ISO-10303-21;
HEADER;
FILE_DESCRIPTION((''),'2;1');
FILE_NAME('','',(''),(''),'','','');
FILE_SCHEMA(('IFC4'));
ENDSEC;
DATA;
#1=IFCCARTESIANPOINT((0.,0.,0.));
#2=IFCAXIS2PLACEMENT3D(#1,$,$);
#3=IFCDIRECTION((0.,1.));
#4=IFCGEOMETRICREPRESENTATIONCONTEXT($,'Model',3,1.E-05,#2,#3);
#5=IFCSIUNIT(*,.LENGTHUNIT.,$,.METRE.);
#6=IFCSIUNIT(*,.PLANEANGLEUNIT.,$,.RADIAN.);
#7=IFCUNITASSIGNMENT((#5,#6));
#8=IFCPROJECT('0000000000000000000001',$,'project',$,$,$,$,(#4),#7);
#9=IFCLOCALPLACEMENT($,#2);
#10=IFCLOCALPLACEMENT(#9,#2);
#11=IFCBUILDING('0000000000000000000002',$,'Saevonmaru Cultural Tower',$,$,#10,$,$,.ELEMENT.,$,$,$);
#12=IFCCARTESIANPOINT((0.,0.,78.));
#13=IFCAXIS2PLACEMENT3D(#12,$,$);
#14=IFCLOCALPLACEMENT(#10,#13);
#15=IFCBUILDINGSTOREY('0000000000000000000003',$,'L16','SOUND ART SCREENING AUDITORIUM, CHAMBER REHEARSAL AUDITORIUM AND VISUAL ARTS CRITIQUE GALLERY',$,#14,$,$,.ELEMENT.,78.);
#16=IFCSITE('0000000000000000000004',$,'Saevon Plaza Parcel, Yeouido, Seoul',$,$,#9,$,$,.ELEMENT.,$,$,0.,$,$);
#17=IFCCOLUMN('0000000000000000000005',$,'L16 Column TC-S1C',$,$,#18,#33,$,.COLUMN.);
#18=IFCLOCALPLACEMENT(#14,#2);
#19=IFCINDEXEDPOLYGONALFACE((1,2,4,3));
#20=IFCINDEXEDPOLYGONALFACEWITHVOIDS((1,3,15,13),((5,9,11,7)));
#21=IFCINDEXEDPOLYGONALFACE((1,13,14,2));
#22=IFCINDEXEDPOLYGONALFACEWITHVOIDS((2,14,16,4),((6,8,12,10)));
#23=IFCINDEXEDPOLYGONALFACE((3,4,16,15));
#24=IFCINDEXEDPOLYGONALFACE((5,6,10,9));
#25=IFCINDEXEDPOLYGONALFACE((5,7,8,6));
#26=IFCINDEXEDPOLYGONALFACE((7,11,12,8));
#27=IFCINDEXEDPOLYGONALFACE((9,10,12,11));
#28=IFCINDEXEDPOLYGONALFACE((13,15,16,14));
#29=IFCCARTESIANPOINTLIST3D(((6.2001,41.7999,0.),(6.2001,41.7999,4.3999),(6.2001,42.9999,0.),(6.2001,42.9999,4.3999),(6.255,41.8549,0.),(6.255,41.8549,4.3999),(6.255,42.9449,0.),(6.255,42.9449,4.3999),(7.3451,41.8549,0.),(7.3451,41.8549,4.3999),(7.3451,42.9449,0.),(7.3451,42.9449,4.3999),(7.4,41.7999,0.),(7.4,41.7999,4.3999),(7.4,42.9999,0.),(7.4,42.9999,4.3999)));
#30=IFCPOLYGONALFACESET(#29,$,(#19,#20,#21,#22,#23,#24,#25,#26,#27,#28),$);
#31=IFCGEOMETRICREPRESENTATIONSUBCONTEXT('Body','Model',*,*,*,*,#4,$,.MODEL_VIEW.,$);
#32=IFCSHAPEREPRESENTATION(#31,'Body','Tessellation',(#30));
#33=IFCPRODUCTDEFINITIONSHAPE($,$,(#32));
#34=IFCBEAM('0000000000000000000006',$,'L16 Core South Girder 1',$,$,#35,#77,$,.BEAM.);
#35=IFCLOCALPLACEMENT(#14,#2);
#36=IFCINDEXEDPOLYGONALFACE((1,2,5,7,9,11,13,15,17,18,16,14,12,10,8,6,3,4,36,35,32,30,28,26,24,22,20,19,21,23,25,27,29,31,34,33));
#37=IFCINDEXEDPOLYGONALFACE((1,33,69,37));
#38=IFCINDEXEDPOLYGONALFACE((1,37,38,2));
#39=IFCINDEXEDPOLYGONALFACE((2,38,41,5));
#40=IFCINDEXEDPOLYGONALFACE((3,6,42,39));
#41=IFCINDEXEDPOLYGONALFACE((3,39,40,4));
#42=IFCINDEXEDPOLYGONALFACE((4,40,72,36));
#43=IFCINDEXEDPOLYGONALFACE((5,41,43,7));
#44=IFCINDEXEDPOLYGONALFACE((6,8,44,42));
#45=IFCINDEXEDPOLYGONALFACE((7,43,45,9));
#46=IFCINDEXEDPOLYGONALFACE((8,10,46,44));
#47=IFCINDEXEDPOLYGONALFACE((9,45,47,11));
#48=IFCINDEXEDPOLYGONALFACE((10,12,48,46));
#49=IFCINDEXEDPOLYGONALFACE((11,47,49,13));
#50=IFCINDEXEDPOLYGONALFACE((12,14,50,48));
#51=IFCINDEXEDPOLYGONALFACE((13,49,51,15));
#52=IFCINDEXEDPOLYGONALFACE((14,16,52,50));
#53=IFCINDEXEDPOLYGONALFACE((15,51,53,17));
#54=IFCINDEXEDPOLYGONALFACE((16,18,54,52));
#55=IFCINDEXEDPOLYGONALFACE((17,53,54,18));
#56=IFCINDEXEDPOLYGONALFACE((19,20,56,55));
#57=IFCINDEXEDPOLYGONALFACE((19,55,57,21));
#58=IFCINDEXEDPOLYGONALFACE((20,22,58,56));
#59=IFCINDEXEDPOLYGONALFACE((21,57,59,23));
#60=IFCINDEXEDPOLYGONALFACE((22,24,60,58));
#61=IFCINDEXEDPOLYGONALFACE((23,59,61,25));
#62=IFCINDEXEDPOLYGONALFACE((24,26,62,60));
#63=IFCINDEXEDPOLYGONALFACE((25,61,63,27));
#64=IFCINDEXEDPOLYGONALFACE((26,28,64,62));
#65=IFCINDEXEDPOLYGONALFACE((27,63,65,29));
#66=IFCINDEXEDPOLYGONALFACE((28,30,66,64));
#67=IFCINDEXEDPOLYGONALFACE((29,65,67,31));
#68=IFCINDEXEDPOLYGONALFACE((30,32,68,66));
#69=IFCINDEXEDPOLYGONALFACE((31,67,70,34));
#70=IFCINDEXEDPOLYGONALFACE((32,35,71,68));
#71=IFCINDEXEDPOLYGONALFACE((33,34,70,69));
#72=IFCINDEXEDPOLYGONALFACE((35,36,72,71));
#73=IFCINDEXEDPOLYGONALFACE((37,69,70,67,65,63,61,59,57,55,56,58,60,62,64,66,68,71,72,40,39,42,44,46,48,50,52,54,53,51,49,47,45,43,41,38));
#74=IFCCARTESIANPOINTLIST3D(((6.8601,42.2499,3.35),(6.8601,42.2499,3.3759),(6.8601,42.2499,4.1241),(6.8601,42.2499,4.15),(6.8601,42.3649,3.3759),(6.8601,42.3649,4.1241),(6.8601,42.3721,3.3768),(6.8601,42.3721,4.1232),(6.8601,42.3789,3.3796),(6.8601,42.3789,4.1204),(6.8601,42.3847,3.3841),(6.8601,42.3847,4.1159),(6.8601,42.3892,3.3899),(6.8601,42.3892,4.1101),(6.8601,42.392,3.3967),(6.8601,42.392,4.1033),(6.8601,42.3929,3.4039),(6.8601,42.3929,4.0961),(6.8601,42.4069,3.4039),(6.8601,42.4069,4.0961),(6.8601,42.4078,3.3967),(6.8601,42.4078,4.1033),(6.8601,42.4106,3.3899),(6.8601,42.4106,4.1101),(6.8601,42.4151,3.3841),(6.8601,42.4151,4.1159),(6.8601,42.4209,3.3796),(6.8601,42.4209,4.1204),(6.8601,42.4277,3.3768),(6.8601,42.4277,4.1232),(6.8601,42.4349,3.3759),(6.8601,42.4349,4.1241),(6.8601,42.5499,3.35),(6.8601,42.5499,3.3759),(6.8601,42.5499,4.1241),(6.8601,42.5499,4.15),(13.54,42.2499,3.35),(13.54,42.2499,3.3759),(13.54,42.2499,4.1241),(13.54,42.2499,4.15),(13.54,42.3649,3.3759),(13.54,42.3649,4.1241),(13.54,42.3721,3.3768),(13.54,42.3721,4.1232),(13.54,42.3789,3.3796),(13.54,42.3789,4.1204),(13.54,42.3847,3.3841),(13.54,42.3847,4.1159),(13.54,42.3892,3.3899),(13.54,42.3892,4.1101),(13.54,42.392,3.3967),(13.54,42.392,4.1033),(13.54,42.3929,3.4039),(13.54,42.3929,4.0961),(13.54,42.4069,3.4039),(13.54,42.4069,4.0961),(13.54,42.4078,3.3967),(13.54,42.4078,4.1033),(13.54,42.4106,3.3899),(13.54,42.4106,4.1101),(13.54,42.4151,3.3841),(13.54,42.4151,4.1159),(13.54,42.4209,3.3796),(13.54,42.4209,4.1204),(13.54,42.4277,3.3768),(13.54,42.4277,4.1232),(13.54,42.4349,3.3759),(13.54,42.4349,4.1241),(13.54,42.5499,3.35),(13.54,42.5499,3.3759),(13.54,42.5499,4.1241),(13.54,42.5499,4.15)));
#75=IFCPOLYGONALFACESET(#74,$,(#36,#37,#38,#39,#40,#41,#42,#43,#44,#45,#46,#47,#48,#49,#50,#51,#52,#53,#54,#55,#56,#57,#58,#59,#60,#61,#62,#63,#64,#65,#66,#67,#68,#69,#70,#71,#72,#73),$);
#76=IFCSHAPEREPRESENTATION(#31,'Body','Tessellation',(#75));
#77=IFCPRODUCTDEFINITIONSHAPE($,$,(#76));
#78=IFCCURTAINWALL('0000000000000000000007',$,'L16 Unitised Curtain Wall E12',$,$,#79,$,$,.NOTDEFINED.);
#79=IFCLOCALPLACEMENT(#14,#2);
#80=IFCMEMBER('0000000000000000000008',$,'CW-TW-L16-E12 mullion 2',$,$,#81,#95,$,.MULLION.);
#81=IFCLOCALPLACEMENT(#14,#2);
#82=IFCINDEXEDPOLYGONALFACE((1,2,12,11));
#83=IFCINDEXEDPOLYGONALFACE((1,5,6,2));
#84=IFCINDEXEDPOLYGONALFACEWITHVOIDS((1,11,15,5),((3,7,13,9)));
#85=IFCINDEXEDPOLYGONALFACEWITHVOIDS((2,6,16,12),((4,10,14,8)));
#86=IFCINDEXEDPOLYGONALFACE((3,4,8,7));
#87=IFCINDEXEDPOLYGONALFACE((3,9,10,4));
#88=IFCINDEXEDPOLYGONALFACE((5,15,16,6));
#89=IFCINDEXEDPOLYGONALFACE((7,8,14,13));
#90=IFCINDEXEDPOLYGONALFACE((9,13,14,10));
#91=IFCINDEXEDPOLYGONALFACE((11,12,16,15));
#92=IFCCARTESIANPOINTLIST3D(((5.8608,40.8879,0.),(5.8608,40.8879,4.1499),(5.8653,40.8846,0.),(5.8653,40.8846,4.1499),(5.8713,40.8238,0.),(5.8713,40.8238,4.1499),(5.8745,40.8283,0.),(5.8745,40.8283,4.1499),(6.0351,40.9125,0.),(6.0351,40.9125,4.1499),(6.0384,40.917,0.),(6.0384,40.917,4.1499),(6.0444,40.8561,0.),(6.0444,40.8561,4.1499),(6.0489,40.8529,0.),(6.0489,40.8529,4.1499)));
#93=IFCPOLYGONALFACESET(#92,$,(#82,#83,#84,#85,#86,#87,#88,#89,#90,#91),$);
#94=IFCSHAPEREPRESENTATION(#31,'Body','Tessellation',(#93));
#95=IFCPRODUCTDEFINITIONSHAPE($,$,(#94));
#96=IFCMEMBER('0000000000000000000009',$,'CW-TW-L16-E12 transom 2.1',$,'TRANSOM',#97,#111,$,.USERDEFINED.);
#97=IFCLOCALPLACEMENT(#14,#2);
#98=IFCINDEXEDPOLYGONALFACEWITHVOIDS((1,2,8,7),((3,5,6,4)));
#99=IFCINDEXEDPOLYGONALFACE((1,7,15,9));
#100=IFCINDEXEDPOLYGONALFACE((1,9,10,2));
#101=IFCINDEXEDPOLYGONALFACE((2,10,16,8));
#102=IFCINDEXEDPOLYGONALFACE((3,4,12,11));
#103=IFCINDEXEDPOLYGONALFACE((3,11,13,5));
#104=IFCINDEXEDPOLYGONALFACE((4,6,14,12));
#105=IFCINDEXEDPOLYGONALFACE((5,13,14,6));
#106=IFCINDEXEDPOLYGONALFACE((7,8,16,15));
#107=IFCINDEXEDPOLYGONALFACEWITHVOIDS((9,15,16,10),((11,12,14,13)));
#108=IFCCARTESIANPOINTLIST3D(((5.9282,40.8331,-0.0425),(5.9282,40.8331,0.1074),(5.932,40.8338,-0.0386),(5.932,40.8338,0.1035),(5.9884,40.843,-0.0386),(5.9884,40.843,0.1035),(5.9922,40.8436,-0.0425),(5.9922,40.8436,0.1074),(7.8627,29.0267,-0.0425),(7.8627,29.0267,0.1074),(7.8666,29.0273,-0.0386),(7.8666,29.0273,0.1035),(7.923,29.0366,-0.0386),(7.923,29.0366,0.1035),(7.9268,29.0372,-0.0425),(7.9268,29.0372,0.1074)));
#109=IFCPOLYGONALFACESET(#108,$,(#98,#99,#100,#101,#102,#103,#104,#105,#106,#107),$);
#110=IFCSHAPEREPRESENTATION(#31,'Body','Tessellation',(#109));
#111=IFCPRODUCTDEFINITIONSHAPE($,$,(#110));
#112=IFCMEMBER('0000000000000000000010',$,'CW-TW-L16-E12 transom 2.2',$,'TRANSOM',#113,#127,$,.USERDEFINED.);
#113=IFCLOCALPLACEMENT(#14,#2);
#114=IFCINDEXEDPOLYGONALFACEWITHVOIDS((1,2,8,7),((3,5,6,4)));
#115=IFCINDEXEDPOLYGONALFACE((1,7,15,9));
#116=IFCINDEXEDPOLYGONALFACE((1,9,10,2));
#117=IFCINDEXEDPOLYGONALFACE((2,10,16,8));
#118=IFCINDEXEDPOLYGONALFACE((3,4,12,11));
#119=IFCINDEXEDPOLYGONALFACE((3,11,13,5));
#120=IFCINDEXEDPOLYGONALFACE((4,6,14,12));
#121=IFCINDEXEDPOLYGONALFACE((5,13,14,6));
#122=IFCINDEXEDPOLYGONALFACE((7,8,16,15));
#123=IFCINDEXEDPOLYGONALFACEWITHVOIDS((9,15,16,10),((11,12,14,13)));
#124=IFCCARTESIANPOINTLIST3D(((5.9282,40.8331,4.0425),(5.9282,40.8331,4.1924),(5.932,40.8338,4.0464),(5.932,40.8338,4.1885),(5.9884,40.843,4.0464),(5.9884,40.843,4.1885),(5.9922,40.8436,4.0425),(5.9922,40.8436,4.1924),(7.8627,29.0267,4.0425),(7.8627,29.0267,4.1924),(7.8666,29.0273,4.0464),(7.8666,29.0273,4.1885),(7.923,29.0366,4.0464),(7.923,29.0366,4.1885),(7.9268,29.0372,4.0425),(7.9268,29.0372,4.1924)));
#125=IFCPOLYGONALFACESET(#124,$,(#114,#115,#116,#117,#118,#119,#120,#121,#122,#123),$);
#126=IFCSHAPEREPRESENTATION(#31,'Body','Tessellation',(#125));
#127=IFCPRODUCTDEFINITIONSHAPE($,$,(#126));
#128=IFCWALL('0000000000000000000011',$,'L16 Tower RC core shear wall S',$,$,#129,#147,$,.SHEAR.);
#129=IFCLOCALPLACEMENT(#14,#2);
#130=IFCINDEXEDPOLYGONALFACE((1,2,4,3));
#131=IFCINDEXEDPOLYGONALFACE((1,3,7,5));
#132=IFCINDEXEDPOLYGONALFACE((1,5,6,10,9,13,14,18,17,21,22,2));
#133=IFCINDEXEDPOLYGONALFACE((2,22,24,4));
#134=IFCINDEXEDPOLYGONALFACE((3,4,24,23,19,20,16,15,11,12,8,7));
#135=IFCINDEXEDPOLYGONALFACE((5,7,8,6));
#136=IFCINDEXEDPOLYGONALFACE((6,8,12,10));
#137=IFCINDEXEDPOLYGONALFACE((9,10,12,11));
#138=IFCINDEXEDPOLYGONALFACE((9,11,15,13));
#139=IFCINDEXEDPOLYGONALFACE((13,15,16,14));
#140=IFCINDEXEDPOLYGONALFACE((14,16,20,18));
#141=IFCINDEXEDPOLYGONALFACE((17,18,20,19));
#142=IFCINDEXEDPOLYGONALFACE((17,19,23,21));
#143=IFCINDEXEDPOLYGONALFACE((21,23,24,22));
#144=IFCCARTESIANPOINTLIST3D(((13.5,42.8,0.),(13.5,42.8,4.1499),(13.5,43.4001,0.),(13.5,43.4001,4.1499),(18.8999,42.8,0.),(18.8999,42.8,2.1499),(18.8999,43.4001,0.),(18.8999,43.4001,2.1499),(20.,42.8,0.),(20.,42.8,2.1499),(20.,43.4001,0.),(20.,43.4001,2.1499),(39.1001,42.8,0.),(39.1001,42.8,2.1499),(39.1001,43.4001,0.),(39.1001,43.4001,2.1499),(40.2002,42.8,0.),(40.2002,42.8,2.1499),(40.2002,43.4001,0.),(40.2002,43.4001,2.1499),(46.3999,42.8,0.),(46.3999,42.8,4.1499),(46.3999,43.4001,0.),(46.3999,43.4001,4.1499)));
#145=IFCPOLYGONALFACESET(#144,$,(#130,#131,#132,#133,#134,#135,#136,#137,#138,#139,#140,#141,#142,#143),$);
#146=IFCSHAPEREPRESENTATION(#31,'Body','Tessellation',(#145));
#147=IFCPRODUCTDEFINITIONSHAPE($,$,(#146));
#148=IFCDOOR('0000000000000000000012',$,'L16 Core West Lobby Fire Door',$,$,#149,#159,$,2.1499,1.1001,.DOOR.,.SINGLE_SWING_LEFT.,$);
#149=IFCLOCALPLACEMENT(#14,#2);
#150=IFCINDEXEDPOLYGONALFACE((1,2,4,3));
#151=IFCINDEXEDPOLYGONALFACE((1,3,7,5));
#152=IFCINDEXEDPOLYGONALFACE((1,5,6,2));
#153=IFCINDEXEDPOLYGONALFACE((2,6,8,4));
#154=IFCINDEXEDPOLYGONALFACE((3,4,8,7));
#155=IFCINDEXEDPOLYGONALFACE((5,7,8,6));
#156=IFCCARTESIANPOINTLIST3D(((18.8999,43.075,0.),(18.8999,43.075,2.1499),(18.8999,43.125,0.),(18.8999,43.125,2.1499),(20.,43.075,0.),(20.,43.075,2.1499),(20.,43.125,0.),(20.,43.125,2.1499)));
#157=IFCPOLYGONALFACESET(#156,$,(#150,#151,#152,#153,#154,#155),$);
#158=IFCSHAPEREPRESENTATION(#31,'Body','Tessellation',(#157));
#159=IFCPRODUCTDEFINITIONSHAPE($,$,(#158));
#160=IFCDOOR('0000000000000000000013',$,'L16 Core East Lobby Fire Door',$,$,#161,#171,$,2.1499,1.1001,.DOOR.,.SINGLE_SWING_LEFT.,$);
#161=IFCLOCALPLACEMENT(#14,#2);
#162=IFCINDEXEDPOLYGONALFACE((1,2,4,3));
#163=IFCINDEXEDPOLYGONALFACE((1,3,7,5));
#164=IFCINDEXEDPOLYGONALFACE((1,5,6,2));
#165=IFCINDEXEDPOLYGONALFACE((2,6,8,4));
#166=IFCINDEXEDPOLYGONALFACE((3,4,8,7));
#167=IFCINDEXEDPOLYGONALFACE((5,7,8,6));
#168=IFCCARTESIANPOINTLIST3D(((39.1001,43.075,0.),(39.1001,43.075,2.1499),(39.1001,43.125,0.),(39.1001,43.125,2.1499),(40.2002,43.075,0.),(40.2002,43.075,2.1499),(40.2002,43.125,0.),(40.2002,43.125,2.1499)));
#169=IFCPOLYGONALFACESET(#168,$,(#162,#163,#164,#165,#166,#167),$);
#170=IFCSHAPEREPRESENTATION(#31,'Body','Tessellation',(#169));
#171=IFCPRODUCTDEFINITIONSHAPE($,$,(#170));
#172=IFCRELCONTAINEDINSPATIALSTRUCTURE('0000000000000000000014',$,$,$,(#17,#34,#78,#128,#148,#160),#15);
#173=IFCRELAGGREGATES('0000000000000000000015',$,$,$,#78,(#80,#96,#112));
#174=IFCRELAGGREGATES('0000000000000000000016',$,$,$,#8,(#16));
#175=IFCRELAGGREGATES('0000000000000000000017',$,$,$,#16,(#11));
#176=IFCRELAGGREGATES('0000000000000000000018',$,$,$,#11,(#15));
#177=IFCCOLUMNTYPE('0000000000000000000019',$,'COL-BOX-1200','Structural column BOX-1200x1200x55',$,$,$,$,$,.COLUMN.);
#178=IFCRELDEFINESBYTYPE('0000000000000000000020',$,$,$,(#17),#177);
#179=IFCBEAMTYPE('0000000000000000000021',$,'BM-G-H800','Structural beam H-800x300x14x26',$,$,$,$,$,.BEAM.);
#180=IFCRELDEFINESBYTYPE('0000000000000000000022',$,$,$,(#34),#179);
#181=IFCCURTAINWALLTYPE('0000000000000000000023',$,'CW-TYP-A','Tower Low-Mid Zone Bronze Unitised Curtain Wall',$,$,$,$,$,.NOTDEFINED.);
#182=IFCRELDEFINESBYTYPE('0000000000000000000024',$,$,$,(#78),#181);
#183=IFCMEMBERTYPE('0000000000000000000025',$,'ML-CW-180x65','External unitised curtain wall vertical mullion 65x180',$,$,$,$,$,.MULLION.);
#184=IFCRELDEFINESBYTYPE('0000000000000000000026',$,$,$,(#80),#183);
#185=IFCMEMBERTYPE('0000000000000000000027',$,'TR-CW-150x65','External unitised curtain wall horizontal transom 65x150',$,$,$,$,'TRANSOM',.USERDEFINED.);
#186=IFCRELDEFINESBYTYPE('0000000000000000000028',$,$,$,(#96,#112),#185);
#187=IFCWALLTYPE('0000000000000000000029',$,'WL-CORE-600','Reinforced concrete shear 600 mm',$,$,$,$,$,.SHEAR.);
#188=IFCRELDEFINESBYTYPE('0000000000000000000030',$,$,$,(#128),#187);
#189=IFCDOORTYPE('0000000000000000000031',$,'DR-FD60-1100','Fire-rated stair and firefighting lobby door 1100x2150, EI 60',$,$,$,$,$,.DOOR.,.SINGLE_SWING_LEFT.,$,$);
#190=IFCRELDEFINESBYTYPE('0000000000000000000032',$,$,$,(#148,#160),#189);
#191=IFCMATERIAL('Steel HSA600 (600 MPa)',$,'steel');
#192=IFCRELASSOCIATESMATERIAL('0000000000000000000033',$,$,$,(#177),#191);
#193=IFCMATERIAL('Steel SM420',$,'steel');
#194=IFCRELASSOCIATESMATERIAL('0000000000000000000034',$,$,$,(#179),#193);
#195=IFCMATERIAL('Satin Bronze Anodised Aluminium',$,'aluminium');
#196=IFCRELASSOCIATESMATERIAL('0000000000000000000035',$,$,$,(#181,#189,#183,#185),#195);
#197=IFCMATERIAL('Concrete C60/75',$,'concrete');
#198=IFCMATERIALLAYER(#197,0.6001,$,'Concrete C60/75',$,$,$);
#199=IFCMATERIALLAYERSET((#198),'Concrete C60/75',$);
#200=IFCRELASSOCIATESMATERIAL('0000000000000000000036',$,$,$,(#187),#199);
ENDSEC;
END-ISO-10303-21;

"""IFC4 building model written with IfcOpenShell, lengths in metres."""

from ifc_helpers import new_model, si_unit, direction, frame, frame_2d, origin, origin_2d, place, context, subcontext, project, spatial, rectangle, hollow_rectangle, i_section, extrude, material, layer, layer_set, material_profile, profile_set, type_object, element, fill, aggregate, save


model = new_model("IFC4")

# Units and contexts
model_context = context("Model", 3, precision=1e-05, world=origin(), true_north=direction((0.0, 1.0)))
body_context = subcontext(model_context, "Body", "Model", "MODEL_VIEW")
ifc_project = project(units=[si_unit("LENGTHUNIT", "METRE"), si_unit("PLANEANGLEUNIT", "RADIAN")], contexts=[model_context])

# Site, building, storey
site_placement = place(None, origin())
site = spatial("IfcSite", under=ifc_project, at=site_placement, Name="Saevon Plaza Parcel, Yeouido, Seoul", CompositionType="ELEMENT", RefElevation=0.0)
building_placement = place(site_placement, origin())
building = spatial("IfcBuilding", under=site, at=building_placement, Name="Saevonmaru Cultural Tower", CompositionType="ELEMENT")
storey_placement = place(building_placement, frame((0.0, 0.0, 78.0)))
storey = spatial("IfcBuildingStorey", under=building, at=storey_placement, Name="L16", Description="SOUND ART SCREENING AUDITORIUM, CHAMBER REHEARSAL AUDITORIUM AND VISUAL ARTS CRITIQUE GALLERY", CompositionType="ELEMENT", Elevation=78.0)

# Column
ifc_material_1 = material(Name="Steel HSA600 (600 MPa)", Category="steel")
ifc_material_profile_1 = material_profile(ifc_material_1, hollow_rectangle(XDim=1.2, YDim=1.2, WallThickness=0.0549, at=origin_2d()), Name="BOX-1200x1200x55")
ifc_profile_set_1 = profile_set([ifc_material_profile_1], Name="Steel HSA600 (600 MPa)")
column_type = type_object("IfcColumnType", Name="COL-BOX-1200", Description="Structural column BOX-1200x1200x55", PredefinedType="COLUMN", material=ifc_profile_set_1)
column_placement = place(storey_placement, frame((6.8, 42.3999, 0.0), z_axis=(0.0, 0.0, 1.0), x_axis=(1.0, 0.0, 0.0)))
element("IfcColumn", 1, at=column_placement, inside=storey, type_object=column_type, Name="L16 Column TC-S1C", PredefinedType="COLUMN", context=body_context, shape_type="SweptSolid", body=[
    extrude(hollow_rectangle(XDim=1.2, YDim=1.2, WallThickness=0.0549, at=origin_2d()), origin(), (0.0, 0.0, 1.0), 4.3999),
])

# Beam
ifc_material_2 = material(Name="Steel SM420", Category="steel")
ifc_material_profile_2 = material_profile(ifc_material_2, i_section(OverallWidth=0.3, OverallDepth=0.8, WebThickness=0.0139, FlangeThickness=0.0259, FilletRadius=0.0281, at=origin_2d()), Name="H-800x300x14x26")
ifc_profile_set_2 = profile_set([ifc_material_profile_2], Name="Steel SM420")
beam_type = type_object("IfcBeamType", Name="BM-G-H800", Description="Structural beam H-800x300x14x26", PredefinedType="BEAM", material=ifc_profile_set_2)
beam_placement = place(storey_placement, frame((6.8601, 42.3999, 3.75), z_axis=(1.0, 0.0, 0.0), x_axis=(0.0, 1.0, 0.0)))
element("IfcBeam", 2, at=beam_placement, inside=storey, type_object=beam_type, Name="L16 Core South Girder 1", PredefinedType="BEAM", context=body_context, shape_type="SweptSolid", body=[
    extrude(i_section(OverallWidth=0.3, OverallDepth=0.8, WebThickness=0.0139, FlangeThickness=0.0259, FilletRadius=0.0281, at=origin_2d()), origin(), (0.0, 0.0, 1.0), 6.6799),
])

# Curtain wall, members
ifc_material_3 = material(Name="Satin Bronze Anodised Aluminium", Category="aluminium")
curtain_wall_type = type_object("IfcCurtainWallType", Name="CW-TYP-A", Description="Tower Low-Mid Zone Bronze Unitised Curtain Wall", PredefinedType="NOTDEFINED", material=ifc_material_3)
curtain_wall_placement = place(storey_placement, origin())
curtain_wall = element("IfcCurtainWall", 3, at=curtain_wall_placement, inside=storey, type_object=curtain_wall_type, Name="L16 Unitised Curtain Wall E12", PredefinedType="NOTDEFINED")
ifc_material_profile_3 = material_profile(ifc_material_3, hollow_rectangle(XDim=0.0649, YDim=0.1799, WallThickness=0.0039, at=origin_2d()), Name="ALU-MULL-180x65x4")
ifc_profile_set_3 = profile_set([ifc_material_profile_3], Name="Satin Bronze Anodised Aluminium")
member_type_1 = type_object("IfcMemberType", Name="ML-CW-180x65", Description="External unitised curtain wall vertical mullion 65x180", PredefinedType="MULLION", material=ifc_profile_set_3)
member_1_placement = place(storey_placement, frame((5.9548, 40.8704, 0.0), z_axis=(0.0, 0.0, 1.0), x_axis=(0.161709, -0.986839, 0.0)))
member_1 = element("IfcMember", 4, at=member_1_placement, type_object=member_type_1, Name="CW-TW-L16-E12 mullion 2", PredefinedType="MULLION", context=body_context, shape_type="SweptSolid", body=[
    extrude(hollow_rectangle(XDim=0.0649, YDim=0.1799, WallThickness=0.0039, at=origin_2d()), origin(), (0.0, 0.0, 1.0), 4.1499),
])
ifc_material_profile_4 = material_profile(ifc_material_3, hollow_rectangle(XDim=0.0649, YDim=0.1499, WallThickness=0.0039, at=origin_2d()), Name="ALU-TRAN-150x65x4")
ifc_profile_set_4 = profile_set([ifc_material_profile_4], Name="Satin Bronze Anodised Aluminium")
member_type_2 = type_object("IfcMemberType", Name="TR-CW-150x65", Description="External unitised curtain wall horizontal transom 65x150", ElementType="TRANSOM", PredefinedType="USERDEFINED", material=ifc_profile_set_4)
member_2_placement = place(storey_placement, frame((5.9602, 40.8384, 0.0325), z_axis=(0.161701, -0.98684, 0.0), x_axis=(0.98684, 0.161701, 0.0)))
member_2 = element("IfcMember", 5, at=member_2_placement, type_object=member_type_2, Name="CW-TW-L16-E12 transom 2.1", ObjectType="TRANSOM", PredefinedType="USERDEFINED", context=body_context, shape_type="SweptSolid", body=[
    extrude(hollow_rectangle(XDim=0.0649, YDim=0.1499, WallThickness=0.0039, at=origin_2d()), origin(), (0.0, 0.0, 1.0), 11.9639),
])
member_3_placement = place(storey_placement, frame((5.9602, 40.8384, 4.1174), z_axis=(0.161701, -0.98684, 0.0), x_axis=(0.98684, 0.161701, 0.0)))
member_3 = element("IfcMember", 6, at=member_3_placement, type_object=member_type_2, Name="CW-TW-L16-E12 transom 2.2", ObjectType="TRANSOM", PredefinedType="USERDEFINED", context=body_context, shape_type="SweptSolid", body=[
    extrude(hollow_rectangle(XDim=0.0649, YDim=0.1499, WallThickness=0.0039, at=origin_2d()), origin(), (0.0, 0.0, 1.0), 11.9639),
])
aggregate(curtain_wall, [member_1, member_2, member_3])

# Wall, openings, doors
ifc_material_4 = material(Name="Concrete C60/75", Category="concrete")
ifc_layer_1 = layer(ifc_material_4, 0.6001, Name="Concrete C60/75")
ifc_layer_set_1 = layer_set([ifc_layer_1], Name="Concrete C60/75")
wall_type_1 = type_object("IfcWallType", Name="WL-CORE-600", Description="Reinforced concrete shear 600 mm", PredefinedType="SHEAR", material=ifc_layer_set_1)
wall_1_placement = place(storey_placement, frame((13.5, 43.1001, 0.0), z_axis=(0.0, 0.0, 1.0), x_axis=(1.0, 0.0, 0.0)))
wall_1 = element("IfcWall", 7, at=wall_1_placement, inside=storey, type_object=wall_type_1, Name="L16 Tower RC core shear wall S", PredefinedType="SHEAR", context=body_context, shape_type="SweptSolid", body=[
    extrude(rectangle(XDim=32.8999, YDim=0.6001, at=frame_2d((16.45, 0.0))), origin(), (0.0, 0.0, 1.0), 4.1499),
])
opening_1_placement = place(wall_1_placement, frame((5.3999, 0.0, 0.0)))
opening_1 = element("IfcOpeningElement", 8, at=opening_1_placement, cuts=wall_1, PredefinedType="OPENING", context=body_context, shape_type="SweptSolid", body=[
    extrude(rectangle(XDim=1.1001, YDim=2.1499, at=frame_2d((0.55, 1.075))), frame((0.0, 0.3101, 0.0), z_axis=(0.0, -1.0, 0.0), x_axis=(1.0, 0.0, 0.0)), (0.0, 0.0, 1.0), 0.6201),
])
opening_2_placement = place(wall_1_placement, frame((25.6001, 0.0, 0.0)))
opening_2 = element("IfcOpeningElement", 9, at=opening_2_placement, cuts=wall_1, PredefinedType="OPENING", context=body_context, shape_type="SweptSolid", body=[
    extrude(rectangle(XDim=1.1001, YDim=2.1499, at=frame_2d((0.55, 1.075))), frame((0.0, 0.3101, 0.0), z_axis=(0.0, -1.0, 0.0), x_axis=(1.0, 0.0, 0.0)), (0.0, 0.0, 1.0), 0.6201),
])
door_type = type_object("IfcDoorType", Name="DR-FD60-1100", Description="Fire-rated stair and firefighting lobby door 1100x2150, EI 60", OperationType="SINGLE_SWING_LEFT", PredefinedType="DOOR", material=ifc_material_3)
door_1_placement = place(opening_1_placement, origin())
door_1 = element("IfcDoor", 10, at=door_1_placement, inside=storey, type_object=door_type, Name="L16 Core West Lobby Fire Door", OperationType="SINGLE_SWING_LEFT", OverallHeight=2.1499, OverallWidth=1.1001, PredefinedType="DOOR", context=body_context, shape_type="SweptSolid", body=[
    extrude(rectangle(XDim=1.1001, YDim=2.1499, at=frame_2d((0.55, 1.075))), frame((0.0, 0.0249, 0.0), z_axis=(0.0, -1.0, 0.0), x_axis=(1.0, 0.0, 0.0)), (0.0, 0.0, 1.0), 0.05),
])
fill(opening_1, door_1)
door_2_placement = place(opening_2_placement, origin())
door_2 = element("IfcDoor", 11, at=door_2_placement, inside=storey, type_object=door_type, Name="L16 Core East Lobby Fire Door", OperationType="SINGLE_SWING_LEFT", OverallHeight=2.1499, OverallWidth=1.1001, PredefinedType="DOOR", context=body_context, shape_type="SweptSolid", body=[
    extrude(rectangle(XDim=1.1001, YDim=2.1499, at=frame_2d((0.55, 1.075))), frame((0.0, 0.0249, 0.0), z_axis=(0.0, -1.0, 0.0), x_axis=(1.0, 0.0, 0.0)), (0.0, 0.0, 1.0), 0.05),
])
fill(opening_2, door_2)

save(model, "model.ifc")
